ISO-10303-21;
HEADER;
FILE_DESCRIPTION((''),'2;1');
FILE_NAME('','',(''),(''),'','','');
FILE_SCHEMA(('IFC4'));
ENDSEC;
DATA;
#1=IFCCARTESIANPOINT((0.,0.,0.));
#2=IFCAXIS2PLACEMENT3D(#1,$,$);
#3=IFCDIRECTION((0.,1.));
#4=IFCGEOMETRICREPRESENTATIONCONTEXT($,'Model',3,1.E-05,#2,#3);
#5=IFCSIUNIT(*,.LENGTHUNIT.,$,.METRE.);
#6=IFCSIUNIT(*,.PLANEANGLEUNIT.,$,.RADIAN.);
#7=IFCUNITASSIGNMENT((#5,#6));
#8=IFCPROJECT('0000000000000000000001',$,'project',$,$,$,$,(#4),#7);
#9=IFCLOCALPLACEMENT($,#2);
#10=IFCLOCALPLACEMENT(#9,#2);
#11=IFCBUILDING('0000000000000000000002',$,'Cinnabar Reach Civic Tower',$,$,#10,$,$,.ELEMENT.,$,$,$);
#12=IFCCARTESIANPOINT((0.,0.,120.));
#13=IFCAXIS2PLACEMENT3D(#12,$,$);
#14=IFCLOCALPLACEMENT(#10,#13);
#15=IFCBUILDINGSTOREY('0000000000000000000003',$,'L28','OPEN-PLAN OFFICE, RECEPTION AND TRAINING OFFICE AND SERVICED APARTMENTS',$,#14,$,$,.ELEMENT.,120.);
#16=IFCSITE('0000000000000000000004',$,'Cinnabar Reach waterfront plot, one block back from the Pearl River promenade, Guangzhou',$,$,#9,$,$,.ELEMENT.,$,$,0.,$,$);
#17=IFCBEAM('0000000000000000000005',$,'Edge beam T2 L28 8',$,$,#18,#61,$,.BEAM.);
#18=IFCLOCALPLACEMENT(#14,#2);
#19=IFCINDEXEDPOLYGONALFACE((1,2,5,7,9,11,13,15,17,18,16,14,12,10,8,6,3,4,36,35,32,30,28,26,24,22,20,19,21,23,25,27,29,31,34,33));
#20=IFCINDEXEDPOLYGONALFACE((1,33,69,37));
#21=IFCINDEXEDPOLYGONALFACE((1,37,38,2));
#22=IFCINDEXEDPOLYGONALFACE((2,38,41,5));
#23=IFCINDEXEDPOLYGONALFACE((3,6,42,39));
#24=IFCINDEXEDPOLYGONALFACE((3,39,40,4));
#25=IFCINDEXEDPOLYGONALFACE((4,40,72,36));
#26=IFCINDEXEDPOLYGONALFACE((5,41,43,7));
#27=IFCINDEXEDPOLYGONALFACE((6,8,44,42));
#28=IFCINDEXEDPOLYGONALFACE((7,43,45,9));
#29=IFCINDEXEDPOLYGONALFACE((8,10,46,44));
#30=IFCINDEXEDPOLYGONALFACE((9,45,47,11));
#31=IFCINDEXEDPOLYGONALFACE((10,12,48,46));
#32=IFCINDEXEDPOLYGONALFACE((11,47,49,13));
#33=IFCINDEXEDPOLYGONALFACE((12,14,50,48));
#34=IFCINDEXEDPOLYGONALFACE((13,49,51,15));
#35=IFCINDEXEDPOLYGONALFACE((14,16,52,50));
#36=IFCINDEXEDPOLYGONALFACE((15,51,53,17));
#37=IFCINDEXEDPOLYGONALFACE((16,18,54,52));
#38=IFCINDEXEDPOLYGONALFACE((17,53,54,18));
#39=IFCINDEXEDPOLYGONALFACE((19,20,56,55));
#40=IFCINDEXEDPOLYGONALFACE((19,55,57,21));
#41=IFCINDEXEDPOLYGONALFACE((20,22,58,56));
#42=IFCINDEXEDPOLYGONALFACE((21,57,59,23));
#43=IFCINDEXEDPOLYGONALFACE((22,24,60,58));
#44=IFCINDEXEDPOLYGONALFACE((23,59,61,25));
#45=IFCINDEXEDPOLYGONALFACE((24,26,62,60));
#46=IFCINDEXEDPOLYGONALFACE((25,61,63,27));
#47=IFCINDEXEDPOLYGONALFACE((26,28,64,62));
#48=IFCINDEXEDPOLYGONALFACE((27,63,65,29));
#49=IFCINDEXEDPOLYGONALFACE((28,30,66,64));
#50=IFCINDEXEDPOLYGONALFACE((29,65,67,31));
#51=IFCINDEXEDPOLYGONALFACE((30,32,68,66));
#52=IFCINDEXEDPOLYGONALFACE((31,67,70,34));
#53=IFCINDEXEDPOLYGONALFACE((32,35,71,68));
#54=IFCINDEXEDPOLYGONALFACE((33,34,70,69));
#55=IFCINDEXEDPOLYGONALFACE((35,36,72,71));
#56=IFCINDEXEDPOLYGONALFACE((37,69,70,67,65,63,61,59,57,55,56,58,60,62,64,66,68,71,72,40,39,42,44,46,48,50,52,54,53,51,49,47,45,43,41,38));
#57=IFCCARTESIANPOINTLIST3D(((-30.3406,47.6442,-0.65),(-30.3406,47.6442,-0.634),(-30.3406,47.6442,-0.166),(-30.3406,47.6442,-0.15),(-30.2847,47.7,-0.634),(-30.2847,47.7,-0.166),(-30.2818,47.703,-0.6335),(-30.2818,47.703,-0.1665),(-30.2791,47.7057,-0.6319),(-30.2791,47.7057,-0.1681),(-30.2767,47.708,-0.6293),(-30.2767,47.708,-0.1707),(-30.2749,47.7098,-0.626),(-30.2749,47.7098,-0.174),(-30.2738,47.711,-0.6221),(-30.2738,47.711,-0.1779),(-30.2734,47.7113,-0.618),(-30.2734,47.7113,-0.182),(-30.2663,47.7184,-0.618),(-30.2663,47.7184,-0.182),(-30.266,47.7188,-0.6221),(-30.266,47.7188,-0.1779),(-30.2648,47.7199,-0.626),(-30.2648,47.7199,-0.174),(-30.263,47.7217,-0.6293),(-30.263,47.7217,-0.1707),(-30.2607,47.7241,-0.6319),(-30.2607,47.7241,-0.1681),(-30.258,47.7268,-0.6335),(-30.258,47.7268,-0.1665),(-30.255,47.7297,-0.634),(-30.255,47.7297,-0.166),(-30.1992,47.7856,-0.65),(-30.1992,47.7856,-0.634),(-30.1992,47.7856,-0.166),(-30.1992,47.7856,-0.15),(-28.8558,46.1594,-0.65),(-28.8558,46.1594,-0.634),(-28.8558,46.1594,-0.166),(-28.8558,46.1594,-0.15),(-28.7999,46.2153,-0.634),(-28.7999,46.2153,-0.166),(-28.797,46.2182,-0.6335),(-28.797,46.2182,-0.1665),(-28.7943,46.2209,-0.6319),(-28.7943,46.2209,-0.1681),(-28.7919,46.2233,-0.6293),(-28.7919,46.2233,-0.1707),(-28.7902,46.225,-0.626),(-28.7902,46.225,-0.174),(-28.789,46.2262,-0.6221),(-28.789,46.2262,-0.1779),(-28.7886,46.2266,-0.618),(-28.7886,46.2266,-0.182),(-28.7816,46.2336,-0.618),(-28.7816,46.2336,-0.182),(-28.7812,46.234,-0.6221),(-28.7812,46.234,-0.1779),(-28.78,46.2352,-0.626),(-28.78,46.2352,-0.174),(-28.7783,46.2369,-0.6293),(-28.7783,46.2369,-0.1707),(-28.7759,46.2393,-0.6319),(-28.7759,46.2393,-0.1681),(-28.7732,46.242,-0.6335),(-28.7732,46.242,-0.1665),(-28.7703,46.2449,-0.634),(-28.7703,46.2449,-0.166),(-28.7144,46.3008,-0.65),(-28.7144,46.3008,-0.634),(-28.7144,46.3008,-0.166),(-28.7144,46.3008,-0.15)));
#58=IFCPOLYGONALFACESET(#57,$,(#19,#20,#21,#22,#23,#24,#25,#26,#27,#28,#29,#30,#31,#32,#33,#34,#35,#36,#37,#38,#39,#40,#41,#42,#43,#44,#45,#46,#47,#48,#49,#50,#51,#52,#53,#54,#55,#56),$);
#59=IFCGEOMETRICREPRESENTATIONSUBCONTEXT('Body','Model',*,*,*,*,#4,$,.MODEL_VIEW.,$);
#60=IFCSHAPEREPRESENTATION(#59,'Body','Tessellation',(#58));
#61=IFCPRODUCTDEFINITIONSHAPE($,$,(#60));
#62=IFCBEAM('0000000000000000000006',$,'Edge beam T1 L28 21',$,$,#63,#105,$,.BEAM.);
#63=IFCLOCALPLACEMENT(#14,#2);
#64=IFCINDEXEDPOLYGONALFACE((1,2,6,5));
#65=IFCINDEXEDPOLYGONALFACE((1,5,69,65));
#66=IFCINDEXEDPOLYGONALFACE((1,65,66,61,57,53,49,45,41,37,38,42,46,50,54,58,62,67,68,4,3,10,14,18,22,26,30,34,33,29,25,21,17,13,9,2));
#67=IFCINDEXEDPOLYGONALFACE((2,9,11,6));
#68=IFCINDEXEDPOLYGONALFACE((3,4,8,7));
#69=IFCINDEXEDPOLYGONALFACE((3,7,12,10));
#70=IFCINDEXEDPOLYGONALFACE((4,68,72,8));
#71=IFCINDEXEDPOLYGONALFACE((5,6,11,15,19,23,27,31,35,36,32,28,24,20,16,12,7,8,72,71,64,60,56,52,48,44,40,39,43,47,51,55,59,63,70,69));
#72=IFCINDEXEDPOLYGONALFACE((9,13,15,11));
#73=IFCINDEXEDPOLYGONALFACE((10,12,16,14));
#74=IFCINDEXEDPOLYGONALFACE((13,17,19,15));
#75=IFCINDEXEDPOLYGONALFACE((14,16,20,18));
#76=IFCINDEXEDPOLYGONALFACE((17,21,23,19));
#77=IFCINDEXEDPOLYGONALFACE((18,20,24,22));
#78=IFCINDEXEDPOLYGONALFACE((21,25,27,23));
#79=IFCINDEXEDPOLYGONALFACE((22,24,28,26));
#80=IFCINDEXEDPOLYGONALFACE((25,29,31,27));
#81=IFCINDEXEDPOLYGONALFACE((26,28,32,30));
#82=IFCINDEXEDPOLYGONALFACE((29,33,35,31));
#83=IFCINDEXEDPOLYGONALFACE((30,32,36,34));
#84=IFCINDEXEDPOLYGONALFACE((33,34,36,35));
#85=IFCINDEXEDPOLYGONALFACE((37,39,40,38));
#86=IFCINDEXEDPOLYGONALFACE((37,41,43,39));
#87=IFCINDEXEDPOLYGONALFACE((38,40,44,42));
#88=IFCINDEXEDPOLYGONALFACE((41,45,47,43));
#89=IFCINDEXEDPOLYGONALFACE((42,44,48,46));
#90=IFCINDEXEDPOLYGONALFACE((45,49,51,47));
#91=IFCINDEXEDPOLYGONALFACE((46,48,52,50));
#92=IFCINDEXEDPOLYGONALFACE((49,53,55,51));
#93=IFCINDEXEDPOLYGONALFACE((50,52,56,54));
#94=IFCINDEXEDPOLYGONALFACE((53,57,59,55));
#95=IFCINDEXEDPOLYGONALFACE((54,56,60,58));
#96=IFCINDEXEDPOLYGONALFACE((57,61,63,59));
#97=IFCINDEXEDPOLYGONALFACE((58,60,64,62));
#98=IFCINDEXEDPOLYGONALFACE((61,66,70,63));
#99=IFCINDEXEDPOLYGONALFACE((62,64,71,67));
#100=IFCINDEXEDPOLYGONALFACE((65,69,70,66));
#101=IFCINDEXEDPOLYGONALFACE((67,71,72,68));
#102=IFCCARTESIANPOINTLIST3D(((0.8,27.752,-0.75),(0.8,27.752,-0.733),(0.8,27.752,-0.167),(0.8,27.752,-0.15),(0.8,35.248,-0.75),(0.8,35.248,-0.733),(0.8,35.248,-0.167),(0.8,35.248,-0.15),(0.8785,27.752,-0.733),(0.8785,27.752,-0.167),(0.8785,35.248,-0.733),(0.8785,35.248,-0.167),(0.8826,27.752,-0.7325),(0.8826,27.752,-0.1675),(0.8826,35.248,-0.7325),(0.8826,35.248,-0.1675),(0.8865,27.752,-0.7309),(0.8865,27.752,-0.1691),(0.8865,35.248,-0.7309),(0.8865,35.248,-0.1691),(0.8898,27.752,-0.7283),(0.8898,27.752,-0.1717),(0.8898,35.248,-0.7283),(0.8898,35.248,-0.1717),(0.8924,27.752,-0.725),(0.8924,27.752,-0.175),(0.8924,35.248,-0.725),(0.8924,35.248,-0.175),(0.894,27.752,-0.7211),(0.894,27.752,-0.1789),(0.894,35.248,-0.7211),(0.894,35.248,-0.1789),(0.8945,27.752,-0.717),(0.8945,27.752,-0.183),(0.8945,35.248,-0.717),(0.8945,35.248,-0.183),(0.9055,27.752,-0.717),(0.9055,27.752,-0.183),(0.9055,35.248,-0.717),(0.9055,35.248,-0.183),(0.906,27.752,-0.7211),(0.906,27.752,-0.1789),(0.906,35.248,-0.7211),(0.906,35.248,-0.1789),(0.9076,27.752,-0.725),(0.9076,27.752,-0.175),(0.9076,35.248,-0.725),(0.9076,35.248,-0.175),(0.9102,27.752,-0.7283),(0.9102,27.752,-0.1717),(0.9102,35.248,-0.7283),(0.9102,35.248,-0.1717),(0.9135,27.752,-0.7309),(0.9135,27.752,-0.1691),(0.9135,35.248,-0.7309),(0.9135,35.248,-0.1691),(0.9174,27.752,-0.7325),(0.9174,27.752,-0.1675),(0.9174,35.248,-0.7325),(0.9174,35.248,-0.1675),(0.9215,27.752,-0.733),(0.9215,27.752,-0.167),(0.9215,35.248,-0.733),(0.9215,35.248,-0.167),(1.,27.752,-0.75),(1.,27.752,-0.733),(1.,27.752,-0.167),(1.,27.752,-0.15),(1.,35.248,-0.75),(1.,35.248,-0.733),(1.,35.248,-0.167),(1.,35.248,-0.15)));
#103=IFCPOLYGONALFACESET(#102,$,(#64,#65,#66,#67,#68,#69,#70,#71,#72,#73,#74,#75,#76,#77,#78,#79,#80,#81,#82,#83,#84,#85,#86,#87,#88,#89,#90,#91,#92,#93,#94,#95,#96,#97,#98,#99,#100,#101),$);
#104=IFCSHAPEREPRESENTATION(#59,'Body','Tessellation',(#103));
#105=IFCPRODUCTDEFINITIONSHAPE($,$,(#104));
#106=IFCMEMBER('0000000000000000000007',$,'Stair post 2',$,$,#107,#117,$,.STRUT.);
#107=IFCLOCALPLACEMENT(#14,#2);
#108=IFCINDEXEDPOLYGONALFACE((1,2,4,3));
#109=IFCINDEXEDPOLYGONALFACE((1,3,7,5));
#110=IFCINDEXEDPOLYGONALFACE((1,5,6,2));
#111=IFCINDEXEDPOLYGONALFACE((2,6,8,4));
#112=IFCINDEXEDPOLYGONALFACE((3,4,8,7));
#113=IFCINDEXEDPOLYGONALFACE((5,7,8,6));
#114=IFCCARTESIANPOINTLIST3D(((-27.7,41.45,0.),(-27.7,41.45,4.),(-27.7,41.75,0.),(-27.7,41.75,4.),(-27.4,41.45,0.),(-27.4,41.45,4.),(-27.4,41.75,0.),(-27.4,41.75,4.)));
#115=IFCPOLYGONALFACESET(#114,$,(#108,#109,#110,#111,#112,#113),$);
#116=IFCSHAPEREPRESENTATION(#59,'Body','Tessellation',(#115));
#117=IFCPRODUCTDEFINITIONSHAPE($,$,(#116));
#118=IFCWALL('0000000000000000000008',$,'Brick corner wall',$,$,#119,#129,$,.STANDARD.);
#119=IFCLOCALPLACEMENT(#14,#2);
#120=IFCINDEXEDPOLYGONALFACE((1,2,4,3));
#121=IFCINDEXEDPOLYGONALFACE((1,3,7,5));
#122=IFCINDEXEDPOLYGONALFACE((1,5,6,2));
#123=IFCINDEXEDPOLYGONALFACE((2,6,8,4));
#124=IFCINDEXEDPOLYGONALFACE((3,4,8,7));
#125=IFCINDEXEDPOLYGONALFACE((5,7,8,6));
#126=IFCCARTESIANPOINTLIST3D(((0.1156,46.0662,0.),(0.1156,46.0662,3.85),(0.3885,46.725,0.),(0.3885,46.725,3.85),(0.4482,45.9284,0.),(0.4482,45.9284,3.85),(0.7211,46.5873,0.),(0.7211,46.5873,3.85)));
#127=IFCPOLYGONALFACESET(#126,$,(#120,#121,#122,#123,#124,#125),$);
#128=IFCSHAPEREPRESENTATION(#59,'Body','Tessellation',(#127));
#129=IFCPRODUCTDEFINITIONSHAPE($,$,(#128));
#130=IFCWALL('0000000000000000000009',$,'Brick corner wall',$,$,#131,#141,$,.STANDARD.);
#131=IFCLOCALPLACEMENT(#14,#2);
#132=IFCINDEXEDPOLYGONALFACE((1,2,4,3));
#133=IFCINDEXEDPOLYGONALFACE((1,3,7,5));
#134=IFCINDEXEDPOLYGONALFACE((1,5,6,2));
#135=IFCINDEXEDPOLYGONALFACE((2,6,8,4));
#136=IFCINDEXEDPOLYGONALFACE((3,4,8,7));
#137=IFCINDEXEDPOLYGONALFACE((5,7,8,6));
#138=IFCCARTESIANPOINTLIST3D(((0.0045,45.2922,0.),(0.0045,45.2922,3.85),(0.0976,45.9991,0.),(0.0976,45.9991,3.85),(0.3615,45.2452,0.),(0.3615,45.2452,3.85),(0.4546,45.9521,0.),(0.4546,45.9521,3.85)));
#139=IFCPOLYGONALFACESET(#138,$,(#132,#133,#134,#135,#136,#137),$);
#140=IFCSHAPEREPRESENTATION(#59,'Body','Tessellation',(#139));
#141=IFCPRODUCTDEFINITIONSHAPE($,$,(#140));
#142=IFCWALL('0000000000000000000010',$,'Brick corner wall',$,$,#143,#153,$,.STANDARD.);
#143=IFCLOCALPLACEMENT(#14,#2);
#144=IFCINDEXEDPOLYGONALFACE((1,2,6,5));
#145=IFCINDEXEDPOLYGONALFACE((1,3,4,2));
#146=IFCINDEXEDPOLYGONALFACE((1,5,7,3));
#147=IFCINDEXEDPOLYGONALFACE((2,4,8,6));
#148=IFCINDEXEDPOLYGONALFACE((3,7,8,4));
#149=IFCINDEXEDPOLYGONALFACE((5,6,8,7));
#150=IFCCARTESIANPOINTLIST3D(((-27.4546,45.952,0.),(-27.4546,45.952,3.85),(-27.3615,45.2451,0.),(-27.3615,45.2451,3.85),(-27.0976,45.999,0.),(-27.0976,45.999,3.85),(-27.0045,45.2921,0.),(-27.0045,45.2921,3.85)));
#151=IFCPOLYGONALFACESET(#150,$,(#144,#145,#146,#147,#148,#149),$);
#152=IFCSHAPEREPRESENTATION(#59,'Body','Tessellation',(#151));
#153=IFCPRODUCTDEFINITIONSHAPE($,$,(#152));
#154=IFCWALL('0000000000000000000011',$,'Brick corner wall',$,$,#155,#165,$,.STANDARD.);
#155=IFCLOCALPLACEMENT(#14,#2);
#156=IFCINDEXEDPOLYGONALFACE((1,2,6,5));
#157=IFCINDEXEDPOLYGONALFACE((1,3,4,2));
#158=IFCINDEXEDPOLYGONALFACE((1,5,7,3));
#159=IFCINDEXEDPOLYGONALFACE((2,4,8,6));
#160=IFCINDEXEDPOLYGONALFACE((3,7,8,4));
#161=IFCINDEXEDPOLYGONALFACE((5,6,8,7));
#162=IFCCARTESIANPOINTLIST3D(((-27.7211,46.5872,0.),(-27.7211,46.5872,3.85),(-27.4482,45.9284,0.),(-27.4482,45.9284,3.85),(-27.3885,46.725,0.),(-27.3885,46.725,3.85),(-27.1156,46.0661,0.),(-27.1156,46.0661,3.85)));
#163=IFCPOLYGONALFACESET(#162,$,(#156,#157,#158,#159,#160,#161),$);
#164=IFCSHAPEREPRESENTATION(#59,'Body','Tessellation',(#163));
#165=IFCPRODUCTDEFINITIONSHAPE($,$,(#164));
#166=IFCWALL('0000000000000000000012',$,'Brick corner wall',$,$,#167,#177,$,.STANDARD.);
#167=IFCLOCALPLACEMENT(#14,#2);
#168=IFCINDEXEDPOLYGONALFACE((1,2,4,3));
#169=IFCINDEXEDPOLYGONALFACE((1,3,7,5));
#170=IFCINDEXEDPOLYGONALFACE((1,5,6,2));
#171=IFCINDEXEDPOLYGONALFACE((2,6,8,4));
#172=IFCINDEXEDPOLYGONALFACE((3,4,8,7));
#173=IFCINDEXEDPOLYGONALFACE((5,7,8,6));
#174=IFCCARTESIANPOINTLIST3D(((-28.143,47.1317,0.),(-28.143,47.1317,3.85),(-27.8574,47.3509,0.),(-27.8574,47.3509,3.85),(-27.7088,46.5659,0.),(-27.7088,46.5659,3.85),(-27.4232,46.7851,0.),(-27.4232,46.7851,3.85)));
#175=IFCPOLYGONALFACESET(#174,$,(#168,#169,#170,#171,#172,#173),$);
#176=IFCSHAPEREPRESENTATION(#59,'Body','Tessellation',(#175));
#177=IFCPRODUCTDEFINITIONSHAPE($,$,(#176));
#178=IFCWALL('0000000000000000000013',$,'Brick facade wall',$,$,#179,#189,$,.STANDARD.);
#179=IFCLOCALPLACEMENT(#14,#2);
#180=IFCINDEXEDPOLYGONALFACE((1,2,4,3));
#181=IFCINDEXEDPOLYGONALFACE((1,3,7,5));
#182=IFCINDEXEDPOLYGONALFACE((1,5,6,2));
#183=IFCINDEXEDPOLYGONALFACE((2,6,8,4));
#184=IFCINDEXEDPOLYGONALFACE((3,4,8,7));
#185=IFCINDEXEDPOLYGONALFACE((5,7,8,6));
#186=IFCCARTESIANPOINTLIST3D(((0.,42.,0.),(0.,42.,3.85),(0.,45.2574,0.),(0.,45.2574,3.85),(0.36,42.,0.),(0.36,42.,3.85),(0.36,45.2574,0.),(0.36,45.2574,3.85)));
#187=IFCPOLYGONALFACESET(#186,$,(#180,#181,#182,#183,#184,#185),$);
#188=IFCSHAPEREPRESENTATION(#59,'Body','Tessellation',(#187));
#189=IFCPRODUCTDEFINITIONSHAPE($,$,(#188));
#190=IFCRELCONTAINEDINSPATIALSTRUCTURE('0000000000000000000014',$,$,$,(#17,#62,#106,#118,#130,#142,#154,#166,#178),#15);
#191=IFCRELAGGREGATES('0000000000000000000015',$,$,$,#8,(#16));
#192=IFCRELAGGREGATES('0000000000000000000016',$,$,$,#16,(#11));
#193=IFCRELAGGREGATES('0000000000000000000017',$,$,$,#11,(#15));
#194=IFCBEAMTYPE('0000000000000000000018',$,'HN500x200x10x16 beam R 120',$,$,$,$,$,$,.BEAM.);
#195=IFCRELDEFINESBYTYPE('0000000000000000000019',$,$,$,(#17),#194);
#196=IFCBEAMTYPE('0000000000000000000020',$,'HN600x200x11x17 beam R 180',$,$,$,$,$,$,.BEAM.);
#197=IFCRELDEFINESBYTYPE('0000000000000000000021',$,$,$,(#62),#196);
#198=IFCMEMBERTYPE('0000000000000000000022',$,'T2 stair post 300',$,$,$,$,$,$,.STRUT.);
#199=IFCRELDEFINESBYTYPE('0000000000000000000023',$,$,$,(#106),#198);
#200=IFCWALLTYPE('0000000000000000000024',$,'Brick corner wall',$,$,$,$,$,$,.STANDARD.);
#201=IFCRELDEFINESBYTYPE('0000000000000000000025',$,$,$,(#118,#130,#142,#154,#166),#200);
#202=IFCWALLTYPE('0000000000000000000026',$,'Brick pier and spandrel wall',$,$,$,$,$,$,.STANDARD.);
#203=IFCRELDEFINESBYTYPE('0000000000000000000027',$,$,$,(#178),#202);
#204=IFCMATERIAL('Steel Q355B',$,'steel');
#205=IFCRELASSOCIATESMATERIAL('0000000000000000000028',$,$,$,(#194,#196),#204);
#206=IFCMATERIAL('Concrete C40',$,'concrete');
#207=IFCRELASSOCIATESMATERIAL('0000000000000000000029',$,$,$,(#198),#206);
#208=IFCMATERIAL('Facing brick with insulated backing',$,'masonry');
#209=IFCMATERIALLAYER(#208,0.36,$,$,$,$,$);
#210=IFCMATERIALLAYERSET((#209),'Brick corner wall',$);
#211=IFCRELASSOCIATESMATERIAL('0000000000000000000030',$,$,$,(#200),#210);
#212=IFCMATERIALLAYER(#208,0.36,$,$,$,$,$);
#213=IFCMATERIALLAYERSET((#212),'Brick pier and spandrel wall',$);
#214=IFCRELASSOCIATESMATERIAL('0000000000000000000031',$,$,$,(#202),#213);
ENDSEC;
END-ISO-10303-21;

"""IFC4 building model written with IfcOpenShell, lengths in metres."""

from ifc_helpers import new_model, si_unit, direction, frame, frame_2d, origin, origin_2d, place, context, subcontext, project, spatial, rectangle, i_section, extrude, material, layer, layer_set, material_profile, profile_set, type_object, element, save


model = new_model("IFC4")

# Units and contexts
model_context = context("Model", 3, precision=1e-05, world=origin(), true_north=direction((0.0, 1.0)))
body_context = subcontext(model_context, "Body", "Model", "MODEL_VIEW")
ifc_project = project(units=[si_unit("LENGTHUNIT", "METRE"), si_unit("PLANEANGLEUNIT", "RADIAN")], contexts=[model_context])

# Site, building, storey
site_placement = place(None, origin())
site = spatial("IfcSite", under=ifc_project, at=site_placement, Name="Cinnabar Reach waterfront plot, one block back from the Pearl River promenade, Guangzhou", CompositionType="ELEMENT", RefElevation=0.0)
building_placement = place(site_placement, origin())
building = spatial("IfcBuilding", under=site, at=building_placement, Name="Cinnabar Reach Civic Tower", CompositionType="ELEMENT")
storey_placement = place(building_placement, frame((0.0, 0.0, 120.0)))
storey = spatial("IfcBuildingStorey", under=building, at=storey_placement, Name="L28", Description="OPEN-PLAN OFFICE, RECEPTION AND TRAINING OFFICE AND SERVICED APARTMENTS", CompositionType="ELEMENT", Elevation=120.0)

# Beams
ifc_material_1 = material(Name="Steel Q355B", Category="steel")
ifc_material_profile_1 = material_profile(ifc_material_1, i_section(OverallWidth=0.2, OverallDepth=0.5, WebThickness=0.01, FlangeThickness=0.016, FilletRadius=0.016, at=origin_2d()), Name="HN500x200x10x16")
ifc_profile_set_1 = profile_set([ifc_material_profile_1], Name="Steel Q355B")
beam_type_1 = type_object("IfcBeamType", Name="HN500x200x10x16 beam R 120", PredefinedType="BEAM", material=ifc_profile_set_1)
beam_1_placement = place(storey_placement, frame((-28.7851, 46.2301, -0.4), z_axis=(-0.707107, 0.707107, 0.0), x_axis=(-0.707107, -0.707107, 0.0)))
element("IfcBeam", 1, at=beam_1_placement, inside=storey, type_object=beam_type_1, Name="Edge beam T2 L28 8", PredefinedType="BEAM", context=body_context, shape_type="SweptSolid", body=[
    extrude(i_section(OverallWidth=0.2, OverallDepth=0.5, WebThickness=0.01, FlangeThickness=0.016, FilletRadius=0.016, at=origin_2d()), origin(), (0.0, 0.0, 1.0), 2.0998),
])
ifc_material_profile_2 = material_profile(ifc_material_1, i_section(OverallWidth=0.2, OverallDepth=0.6, WebThickness=0.011, FlangeThickness=0.017, FilletRadius=0.016, at=origin_2d()), Name="HN600x200x11x17")
ifc_profile_set_2 = profile_set([ifc_material_profile_2], Name="Steel Q355B")
beam_type_2 = type_object("IfcBeamType", Name="HN600x200x11x17 beam R 180", PredefinedType="BEAM", material=ifc_profile_set_2)
beam_2_placement = place(storey_placement, frame((0.9, 35.248, -0.45), z_axis=(0.0, -1.0, 0.0), x_axis=(1.0, 0.0, 0.0)))
element("IfcBeam", 2, at=beam_2_placement, inside=storey, type_object=beam_type_2, Name="Edge beam T1 L28 21", PredefinedType="BEAM", context=body_context, shape_type="SweptSolid", body=[
    extrude(i_section(OverallWidth=0.2, OverallDepth=0.6, WebThickness=0.011, FlangeThickness=0.017, FilletRadius=0.016, at=origin_2d()), origin(), (0.0, 0.0, 1.0), 7.496),
])

# Member
ifc_material_2 = material(Name="Concrete C40", Category="concrete")
ifc_material_profile_3 = material_profile(ifc_material_2, rectangle(XDim=0.3, YDim=0.3, at=origin_2d()), Name="C300")
ifc_profile_set_3 = profile_set([ifc_material_profile_3], Name="Concrete C40")
member_type = type_object("IfcMemberType", Name="T2 stair post 300", PredefinedType="STRUT", material=ifc_profile_set_3)
member_placement = place(storey_placement, frame((-27.55, 41.6, 0.0), z_axis=(0.0, 0.0, 1.0), x_axis=(1.0, 0.0, 0.0)))
element("IfcMember", 3, at=member_placement, inside=storey, type_object=member_type, Name="Stair post 2", PredefinedType="STRUT", context=body_context, shape_type="SweptSolid", body=[
    extrude(rectangle(XDim=0.3, YDim=0.3, at=origin_2d()), origin(), (0.0, 0.0, 1.0), 4.0),
])

# Walls
ifc_material_3 = material(Name="Facing brick with insulated backing", Category="masonry")
ifc_layer_1 = layer(ifc_material_3, 0.36)
ifc_layer_set_1 = layer_set([ifc_layer_1], Name="Brick corner wall")
wall_type_1 = type_object("IfcWallType", Name="Brick corner wall", PredefinedType="STANDARD", material=ifc_layer_set_1)
for number, where, z_axis, x_axis, name in (
    (4, (0.5548, 46.6561, 0.0), (0.0, 0.0, 1.0), (-0.382703, -0.923872, 0.0), "Brick corner wall"),
    (5, (0.2761, 45.9756, 0.0), (0.0, 0.0, 1.0), (-0.130556, -0.991441, 0.0), "Brick corner wall"),
    (6, (-27.183, 45.2686, 0.0), (0.0, 0.0, 1.0), (-0.130556, 0.991441, 0.0), "Brick corner wall"),
    (7, (-27.2819, 45.9973, 0.0), (0.0, 0.0, 1.0), (-0.382703, 0.923872, 0.0), "Brick corner wall"),
):
    element("IfcWall", number, at=place(storey_placement, frame(where, z_axis=z_axis, x_axis=x_axis)), inside=storey, type_object=wall_type_1, Name=name, PredefinedType="STANDARD", context=body_context, shape_type="SweptSolid", body=[
        extrude(rectangle(XDim=0.7131, YDim=0.36, at=frame_2d((0.3565, 0.0))), origin(), (0.0, 0.0, 1.0), 3.85),
    ])
wall_1_placement = place(storey_placement, frame((-27.566, 46.6755, 0.0), z_axis=(0.0, 0.0, 1.0), x_axis=(-0.608802, 0.793322, 0.0)))
element("IfcWall", 8, at=wall_1_placement, inside=storey, type_object=wall_type_1, Name="Brick corner wall", PredefinedType="STANDARD", context=body_context, shape_type="SweptSolid", body=[
    extrude(rectangle(XDim=0.7132, YDim=0.36, at=frame_2d((0.3566, 0.0))), origin(), (0.0, 0.0, 1.0), 3.85),
])
ifc_layer_2 = layer(ifc_material_3, 0.36)
ifc_layer_set_2 = layer_set([ifc_layer_2], Name="Brick pier and spandrel wall")
wall_type_2 = type_object("IfcWallType", Name="Brick pier and spandrel wall", PredefinedType="STANDARD", material=ifc_layer_set_2)
wall_2_placement = place(storey_placement, frame((0.18, 45.2574, 0.0), z_axis=(0.0, 0.0, 1.0), x_axis=(0.0, -1.0, 0.0)))
element("IfcWall", 9, at=wall_2_placement, inside=storey, type_object=wall_type_2, Name="Brick facade wall", PredefinedType="STANDARD", context=body_context, shape_type="SweptSolid", body=[
    extrude(rectangle(XDim=3.2574, YDim=0.36, at=frame_2d((1.6287, 0.0))), origin(), (0.0, 0.0, 1.0), 3.85),
])

save(model, "model.ifc")
